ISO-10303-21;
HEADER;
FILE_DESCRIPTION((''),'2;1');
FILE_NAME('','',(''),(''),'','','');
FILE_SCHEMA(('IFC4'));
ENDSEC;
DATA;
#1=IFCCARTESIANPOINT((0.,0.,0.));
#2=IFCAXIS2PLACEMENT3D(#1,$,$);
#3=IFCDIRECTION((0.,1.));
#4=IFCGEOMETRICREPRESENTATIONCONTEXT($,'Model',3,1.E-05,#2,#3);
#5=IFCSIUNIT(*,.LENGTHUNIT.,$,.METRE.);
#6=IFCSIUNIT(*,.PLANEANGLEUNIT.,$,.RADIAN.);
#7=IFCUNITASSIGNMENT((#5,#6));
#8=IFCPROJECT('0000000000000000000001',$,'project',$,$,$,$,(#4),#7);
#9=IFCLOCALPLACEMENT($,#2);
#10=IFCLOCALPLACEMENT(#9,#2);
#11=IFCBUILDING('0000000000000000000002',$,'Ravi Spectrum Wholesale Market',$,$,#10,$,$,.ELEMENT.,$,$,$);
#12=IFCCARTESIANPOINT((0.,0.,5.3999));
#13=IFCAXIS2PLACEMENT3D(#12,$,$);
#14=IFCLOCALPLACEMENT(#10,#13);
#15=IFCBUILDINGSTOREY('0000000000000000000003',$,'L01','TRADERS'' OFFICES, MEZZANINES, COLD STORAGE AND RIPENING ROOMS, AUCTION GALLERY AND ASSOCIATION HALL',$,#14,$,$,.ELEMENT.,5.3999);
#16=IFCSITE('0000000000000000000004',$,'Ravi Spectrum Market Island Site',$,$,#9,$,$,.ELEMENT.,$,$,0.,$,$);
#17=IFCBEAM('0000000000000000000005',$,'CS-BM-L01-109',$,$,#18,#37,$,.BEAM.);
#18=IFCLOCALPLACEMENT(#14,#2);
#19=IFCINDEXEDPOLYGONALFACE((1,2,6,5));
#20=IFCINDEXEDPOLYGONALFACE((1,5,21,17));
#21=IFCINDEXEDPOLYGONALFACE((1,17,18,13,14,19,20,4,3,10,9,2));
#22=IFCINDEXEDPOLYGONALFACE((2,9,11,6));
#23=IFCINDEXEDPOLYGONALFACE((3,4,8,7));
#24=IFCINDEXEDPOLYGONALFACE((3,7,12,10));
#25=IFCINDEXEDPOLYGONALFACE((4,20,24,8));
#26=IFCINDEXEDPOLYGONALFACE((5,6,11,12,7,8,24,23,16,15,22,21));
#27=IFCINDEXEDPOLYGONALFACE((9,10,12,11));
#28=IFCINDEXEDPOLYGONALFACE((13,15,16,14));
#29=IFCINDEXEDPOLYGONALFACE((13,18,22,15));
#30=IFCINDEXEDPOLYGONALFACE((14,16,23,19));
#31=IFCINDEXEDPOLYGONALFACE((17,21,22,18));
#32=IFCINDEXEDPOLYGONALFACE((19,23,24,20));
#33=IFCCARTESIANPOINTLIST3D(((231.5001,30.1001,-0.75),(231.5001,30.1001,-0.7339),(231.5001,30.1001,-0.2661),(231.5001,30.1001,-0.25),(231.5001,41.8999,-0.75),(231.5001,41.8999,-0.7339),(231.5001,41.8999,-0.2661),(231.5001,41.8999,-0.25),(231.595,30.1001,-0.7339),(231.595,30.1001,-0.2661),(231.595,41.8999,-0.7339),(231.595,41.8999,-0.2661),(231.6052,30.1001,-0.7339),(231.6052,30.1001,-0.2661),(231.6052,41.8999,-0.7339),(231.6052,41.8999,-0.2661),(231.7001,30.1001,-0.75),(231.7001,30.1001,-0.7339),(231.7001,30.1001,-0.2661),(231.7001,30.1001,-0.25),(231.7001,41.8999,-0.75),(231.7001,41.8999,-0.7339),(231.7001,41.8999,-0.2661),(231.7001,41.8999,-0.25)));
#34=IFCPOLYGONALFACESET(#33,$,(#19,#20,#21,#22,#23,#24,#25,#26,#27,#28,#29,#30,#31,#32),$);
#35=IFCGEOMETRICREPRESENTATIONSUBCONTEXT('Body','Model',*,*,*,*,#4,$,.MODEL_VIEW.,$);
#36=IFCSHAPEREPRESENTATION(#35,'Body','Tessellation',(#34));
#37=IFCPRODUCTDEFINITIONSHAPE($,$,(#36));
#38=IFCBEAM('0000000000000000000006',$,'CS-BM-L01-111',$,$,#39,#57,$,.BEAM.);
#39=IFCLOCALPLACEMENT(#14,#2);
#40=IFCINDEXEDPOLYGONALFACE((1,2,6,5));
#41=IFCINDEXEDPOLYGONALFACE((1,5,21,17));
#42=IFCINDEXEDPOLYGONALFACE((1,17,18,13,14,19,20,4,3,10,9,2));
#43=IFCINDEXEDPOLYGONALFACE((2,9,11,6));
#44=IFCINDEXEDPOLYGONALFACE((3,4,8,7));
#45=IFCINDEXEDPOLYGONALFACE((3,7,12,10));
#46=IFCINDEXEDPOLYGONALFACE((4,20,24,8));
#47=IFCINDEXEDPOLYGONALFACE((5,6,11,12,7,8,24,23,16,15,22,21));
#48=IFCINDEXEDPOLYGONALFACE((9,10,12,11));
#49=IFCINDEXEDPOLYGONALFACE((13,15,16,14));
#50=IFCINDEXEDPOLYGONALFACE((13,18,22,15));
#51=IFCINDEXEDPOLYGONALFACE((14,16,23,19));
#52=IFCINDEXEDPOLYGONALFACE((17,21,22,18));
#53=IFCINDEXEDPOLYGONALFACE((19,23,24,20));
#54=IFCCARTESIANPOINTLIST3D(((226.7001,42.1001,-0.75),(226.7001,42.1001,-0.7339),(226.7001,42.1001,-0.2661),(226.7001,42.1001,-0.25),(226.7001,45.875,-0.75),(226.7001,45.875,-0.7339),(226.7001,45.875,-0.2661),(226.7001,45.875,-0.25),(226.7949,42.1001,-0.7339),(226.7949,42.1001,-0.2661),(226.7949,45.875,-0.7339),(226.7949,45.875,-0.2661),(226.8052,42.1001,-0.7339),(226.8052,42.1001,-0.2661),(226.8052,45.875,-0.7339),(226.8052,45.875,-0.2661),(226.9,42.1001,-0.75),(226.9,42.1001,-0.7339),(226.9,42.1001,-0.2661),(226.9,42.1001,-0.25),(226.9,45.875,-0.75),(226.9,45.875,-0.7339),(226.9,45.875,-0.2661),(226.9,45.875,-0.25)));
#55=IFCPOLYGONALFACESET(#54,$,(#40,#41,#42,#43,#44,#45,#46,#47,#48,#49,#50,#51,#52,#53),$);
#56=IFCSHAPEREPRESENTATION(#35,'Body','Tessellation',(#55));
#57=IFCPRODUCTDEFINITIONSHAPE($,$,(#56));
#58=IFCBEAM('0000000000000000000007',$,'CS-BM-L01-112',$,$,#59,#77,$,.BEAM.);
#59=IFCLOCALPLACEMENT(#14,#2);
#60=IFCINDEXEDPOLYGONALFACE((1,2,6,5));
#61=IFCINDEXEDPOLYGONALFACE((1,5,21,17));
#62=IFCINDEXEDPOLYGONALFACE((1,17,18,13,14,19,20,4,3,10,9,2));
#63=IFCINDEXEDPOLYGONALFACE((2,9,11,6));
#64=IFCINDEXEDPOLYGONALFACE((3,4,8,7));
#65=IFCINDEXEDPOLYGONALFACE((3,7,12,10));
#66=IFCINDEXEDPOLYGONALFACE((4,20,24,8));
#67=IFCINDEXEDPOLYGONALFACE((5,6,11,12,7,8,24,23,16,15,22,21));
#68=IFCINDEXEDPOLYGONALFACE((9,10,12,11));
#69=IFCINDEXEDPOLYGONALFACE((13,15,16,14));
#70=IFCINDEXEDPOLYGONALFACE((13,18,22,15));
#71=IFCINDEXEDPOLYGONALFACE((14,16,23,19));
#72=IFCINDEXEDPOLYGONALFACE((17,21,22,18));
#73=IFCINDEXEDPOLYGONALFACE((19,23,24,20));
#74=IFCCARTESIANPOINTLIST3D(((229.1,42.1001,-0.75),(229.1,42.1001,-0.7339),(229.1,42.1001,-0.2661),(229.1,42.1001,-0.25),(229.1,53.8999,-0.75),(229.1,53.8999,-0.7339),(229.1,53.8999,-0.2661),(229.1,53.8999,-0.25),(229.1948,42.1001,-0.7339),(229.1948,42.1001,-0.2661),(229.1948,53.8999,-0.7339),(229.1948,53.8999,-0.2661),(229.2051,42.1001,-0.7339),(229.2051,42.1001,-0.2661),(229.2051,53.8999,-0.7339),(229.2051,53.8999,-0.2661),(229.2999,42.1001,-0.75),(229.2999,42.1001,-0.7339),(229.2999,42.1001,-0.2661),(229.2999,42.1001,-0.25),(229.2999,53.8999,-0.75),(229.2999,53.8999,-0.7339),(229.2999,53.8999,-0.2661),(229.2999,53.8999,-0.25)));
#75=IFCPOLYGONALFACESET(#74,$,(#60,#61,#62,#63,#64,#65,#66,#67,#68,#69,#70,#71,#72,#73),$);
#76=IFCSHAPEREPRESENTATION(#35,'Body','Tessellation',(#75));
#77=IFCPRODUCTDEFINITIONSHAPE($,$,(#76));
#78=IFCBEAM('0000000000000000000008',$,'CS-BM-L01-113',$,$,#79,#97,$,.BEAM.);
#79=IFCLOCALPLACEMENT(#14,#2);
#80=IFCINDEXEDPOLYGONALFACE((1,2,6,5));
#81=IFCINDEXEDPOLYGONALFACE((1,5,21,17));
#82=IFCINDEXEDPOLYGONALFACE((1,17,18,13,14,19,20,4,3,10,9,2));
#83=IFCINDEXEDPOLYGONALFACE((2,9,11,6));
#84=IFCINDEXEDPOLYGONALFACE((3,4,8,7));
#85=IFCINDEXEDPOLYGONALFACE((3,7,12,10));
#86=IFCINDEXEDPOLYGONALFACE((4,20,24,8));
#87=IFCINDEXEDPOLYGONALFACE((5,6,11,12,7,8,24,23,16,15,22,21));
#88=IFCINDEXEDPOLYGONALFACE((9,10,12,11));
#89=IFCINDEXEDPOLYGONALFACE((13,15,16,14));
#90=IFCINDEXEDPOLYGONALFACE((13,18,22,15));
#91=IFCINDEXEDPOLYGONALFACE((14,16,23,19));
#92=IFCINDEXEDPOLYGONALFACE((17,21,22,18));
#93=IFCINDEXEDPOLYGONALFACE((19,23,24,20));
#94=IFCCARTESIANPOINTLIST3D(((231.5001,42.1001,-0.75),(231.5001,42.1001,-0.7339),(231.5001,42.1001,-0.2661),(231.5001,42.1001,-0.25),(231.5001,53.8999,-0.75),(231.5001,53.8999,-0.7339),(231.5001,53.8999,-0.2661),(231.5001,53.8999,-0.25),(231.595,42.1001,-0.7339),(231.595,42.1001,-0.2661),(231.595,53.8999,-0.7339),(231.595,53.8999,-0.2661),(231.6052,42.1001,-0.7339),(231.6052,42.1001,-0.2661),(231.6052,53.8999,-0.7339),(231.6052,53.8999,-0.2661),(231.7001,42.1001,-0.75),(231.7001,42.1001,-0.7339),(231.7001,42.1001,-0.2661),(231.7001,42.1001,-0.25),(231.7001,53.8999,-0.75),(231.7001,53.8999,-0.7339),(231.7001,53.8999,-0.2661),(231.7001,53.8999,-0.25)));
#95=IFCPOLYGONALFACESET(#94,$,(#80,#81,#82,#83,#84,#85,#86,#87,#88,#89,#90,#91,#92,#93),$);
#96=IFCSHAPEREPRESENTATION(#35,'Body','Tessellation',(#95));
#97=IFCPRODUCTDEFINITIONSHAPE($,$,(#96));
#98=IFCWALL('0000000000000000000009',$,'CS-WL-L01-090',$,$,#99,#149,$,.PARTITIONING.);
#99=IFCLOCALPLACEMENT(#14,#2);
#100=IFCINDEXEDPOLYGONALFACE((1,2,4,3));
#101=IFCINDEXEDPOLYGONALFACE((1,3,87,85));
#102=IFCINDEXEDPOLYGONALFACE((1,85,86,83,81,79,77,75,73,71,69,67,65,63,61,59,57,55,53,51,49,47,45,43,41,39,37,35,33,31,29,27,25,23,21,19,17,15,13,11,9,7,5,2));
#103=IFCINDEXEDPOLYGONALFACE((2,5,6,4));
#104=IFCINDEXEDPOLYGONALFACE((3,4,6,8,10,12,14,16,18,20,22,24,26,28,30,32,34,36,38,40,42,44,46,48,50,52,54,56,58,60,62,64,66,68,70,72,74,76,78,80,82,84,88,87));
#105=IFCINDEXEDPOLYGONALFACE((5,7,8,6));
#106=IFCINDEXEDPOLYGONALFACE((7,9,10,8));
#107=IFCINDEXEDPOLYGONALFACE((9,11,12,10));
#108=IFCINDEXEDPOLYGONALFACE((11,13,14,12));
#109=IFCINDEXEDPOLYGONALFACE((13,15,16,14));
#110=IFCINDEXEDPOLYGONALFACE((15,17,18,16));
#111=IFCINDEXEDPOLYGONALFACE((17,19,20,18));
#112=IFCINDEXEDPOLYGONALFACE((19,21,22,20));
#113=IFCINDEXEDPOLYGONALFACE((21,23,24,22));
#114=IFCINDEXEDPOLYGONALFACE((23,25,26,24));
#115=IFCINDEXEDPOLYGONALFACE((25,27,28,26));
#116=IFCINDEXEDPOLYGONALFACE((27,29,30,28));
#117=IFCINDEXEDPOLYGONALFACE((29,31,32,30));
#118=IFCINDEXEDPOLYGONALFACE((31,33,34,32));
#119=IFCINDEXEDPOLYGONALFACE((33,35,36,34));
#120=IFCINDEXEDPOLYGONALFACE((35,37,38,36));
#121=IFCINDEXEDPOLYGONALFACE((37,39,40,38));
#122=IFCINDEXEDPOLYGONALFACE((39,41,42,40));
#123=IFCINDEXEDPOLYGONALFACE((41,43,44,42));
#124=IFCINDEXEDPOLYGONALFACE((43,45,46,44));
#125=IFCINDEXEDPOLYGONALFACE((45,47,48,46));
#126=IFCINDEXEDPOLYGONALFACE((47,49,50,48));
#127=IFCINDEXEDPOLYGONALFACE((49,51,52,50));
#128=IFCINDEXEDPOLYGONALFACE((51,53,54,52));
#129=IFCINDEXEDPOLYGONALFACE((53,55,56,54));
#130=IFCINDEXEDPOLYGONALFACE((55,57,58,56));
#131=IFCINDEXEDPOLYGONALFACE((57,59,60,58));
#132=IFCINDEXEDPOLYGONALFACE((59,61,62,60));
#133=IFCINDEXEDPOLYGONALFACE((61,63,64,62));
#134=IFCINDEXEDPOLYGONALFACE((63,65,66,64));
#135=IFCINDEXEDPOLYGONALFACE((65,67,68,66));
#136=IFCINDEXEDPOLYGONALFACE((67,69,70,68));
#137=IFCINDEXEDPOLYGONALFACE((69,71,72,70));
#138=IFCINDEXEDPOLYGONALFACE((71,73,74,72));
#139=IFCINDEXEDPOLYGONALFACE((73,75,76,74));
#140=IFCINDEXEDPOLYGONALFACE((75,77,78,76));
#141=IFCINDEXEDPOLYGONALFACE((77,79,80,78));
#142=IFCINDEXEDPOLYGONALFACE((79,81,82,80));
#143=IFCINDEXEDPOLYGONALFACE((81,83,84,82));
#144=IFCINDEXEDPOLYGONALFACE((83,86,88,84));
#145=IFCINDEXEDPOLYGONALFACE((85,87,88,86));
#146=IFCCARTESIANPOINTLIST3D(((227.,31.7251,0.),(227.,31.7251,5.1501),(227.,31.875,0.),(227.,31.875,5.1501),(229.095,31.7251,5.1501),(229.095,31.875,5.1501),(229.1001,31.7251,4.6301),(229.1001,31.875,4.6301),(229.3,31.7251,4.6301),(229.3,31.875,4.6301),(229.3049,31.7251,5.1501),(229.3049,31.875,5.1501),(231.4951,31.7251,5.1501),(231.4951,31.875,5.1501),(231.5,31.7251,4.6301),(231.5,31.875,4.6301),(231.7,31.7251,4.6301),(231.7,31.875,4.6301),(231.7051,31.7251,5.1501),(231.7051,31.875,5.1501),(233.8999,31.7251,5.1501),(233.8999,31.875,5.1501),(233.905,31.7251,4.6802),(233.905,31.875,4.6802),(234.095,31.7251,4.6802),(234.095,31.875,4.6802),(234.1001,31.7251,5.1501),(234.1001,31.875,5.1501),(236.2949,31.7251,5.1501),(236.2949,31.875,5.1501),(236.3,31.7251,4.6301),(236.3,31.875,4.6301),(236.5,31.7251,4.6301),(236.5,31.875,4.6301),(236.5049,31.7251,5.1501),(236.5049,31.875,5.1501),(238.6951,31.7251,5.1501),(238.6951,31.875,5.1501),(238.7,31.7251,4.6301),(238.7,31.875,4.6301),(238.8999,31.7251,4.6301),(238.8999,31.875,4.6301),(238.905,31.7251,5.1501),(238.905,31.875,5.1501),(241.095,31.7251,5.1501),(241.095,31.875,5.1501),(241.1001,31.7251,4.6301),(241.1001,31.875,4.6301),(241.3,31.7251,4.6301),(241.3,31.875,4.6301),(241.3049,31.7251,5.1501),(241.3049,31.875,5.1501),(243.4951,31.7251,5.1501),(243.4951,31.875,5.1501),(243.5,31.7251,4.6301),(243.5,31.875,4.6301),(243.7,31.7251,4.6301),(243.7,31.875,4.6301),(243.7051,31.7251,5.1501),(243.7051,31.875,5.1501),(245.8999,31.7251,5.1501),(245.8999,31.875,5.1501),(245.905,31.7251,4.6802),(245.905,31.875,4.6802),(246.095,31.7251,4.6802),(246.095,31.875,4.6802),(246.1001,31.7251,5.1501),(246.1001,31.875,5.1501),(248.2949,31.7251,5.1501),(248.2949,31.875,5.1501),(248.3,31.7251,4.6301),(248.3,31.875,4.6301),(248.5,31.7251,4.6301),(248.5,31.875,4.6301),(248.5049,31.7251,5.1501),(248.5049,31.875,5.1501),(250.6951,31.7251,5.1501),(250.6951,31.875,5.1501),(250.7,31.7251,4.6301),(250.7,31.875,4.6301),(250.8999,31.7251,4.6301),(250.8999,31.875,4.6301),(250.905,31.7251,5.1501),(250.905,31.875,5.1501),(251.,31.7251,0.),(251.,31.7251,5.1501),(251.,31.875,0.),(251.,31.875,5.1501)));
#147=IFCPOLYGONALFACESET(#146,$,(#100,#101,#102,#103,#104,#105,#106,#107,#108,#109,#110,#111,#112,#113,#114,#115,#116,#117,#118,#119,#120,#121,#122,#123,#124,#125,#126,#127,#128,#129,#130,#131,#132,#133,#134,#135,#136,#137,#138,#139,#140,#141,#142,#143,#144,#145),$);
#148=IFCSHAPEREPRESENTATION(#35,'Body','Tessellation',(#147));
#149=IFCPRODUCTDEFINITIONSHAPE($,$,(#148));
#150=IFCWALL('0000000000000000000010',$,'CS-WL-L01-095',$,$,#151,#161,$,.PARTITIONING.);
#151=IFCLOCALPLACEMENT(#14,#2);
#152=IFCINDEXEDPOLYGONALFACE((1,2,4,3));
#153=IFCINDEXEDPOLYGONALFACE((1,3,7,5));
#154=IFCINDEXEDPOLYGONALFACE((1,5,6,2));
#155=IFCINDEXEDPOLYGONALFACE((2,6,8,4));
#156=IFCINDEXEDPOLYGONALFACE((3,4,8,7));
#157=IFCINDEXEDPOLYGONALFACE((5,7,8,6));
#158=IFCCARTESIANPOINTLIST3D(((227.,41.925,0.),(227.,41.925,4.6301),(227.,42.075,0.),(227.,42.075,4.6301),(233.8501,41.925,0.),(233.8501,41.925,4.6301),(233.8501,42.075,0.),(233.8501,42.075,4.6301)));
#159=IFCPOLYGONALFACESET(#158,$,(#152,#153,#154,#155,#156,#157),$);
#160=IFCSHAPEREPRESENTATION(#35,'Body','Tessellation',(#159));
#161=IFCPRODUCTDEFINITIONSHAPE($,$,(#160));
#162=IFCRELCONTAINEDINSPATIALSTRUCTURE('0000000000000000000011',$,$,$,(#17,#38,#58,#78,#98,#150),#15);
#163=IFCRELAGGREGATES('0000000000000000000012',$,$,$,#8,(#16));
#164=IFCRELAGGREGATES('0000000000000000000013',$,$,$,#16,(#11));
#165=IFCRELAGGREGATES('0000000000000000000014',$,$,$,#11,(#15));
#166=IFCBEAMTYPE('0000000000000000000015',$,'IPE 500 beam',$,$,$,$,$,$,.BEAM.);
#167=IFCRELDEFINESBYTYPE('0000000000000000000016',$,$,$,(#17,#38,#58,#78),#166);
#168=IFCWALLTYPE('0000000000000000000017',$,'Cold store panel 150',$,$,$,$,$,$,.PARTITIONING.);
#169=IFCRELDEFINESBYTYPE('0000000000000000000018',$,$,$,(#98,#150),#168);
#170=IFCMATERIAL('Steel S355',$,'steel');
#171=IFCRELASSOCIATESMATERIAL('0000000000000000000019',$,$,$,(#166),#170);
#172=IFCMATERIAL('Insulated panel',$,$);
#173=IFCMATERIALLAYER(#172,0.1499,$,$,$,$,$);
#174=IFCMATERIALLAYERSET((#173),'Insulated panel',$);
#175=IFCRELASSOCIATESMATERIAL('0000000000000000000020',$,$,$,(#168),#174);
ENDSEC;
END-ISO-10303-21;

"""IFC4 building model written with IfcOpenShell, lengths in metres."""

from ifc_helpers import new_model, si_unit, direction, frame, frame_2d, origin, origin_2d, place, context, subcontext, project, spatial, polyline, rectangle, i_section, outline, extrude, material, layer, layer_set, material_profile, profile_set, type_object, element, save


model = new_model("IFC4")

# Units and contexts
model_context = context("Model", 3, precision=1e-05, world=origin(), true_north=direction((0.0, 1.0)))
body_context = subcontext(model_context, "Body", "Model", "MODEL_VIEW")
ifc_project = project(units=[si_unit("LENGTHUNIT", "METRE"), si_unit("PLANEANGLEUNIT", "RADIAN")], contexts=[model_context])

# Site, building, storey
site_placement = place(None, origin())
site = spatial("IfcSite", under=ifc_project, at=site_placement, Name="Ravi Spectrum Market Island Site", CompositionType="ELEMENT", RefElevation=0.0)
building_placement = place(site_placement, origin())
building = spatial("IfcBuilding", under=site, at=building_placement, Name="Ravi Spectrum Wholesale Market", CompositionType="ELEMENT")
storey_placement = place(building_placement, frame((0.0, 0.0, 5.3999)))
storey = spatial("IfcBuildingStorey", under=building, at=storey_placement, Name="L01", Description="TRADERS' OFFICES, MEZZANINES, COLD STORAGE AND RIPENING ROOMS, AUCTION GALLERY AND ASSOCIATION HALL", CompositionType="ELEMENT", Elevation=5.3999)

# Beams
ifc_material_1 = material(Name="Steel S355", Category="steel")
ifc_material_profile_1 = material_profile(ifc_material_1, i_section(OverallWidth=0.2, OverallDepth=0.5, WebThickness=0.0103, FlangeThickness=0.0161, at=origin_2d()))
ifc_profile_set_1 = profile_set([ifc_material_profile_1], Name="Steel S355")
beam_type_1 = type_object("IfcBeamType", Name="IPE 500 beam", PredefinedType="BEAM", material=ifc_profile_set_1)
for number, where, z_axis, x_axis, name in (
    (1, (231.6001, 30.1001, -0.5), (0.0, 1.0, 0.0), (-1.0, 0.0, 0.0), "CS-BM-L01-109"),
):
    element("IfcBeam", number, at=place(storey_placement, frame(where, z_axis=z_axis, x_axis=x_axis)), inside=storey, type_object=beam_type_1, Name=name, PredefinedType="BEAM", context=body_context, shape_type="SweptSolid", body=[
        extrude(i_section(OverallWidth=0.2, OverallDepth=0.5, WebThickness=0.0103, FlangeThickness=0.0161, at=origin_2d()), origin(), (0.0, 0.0, 1.0), 11.7998),
    ])
beam_1_placement = place(storey_placement, frame((226.8, 42.1001, -0.5), z_axis=(0.0, 1.0, 0.0), x_axis=(-1.0, 0.0, 0.0)))
element("IfcBeam", 2, at=beam_1_placement, inside=storey, type_object=beam_type_1, Name="CS-BM-L01-111", PredefinedType="BEAM", context=body_context, shape_type="SweptSolid", body=[
    extrude(i_section(OverallWidth=0.2, OverallDepth=0.5, WebThickness=0.0103, FlangeThickness=0.0161, at=origin_2d()), origin(), (0.0, 0.0, 1.0), 3.7749),
])
for number, where, z_axis, x_axis, name in (
    (3, (229.2, 42.1001, -0.5), (0.0, 1.0, 0.0), (-1.0, 0.0, 0.0), "CS-BM-L01-112"),
    (4, (231.6001, 42.1001, -0.5), (0.0, 1.0, 0.0), (-1.0, 0.0, 0.0), "CS-BM-L01-113"),
):
    element("IfcBeam", number, at=place(storey_placement, frame(where, z_axis=z_axis, x_axis=x_axis)), inside=storey, type_object=beam_type_1, Name=name, PredefinedType="BEAM", context=body_context, shape_type="SweptSolid", body=[
        extrude(i_section(OverallWidth=0.2, OverallDepth=0.5, WebThickness=0.0103, FlangeThickness=0.0161, at=origin_2d()), origin(), (0.0, 0.0, 1.0), 11.7998),
    ])

# Walls
ifc_material_2 = material(Name="Insulated panel")
ifc_layer_1 = layer(ifc_material_2, 0.1499)
ifc_layer_set_1 = layer_set([ifc_layer_1], Name="Insulated panel")
wall_type_1 = type_object("IfcWallType", Name="Cold store panel 150", PredefinedType="PARTITIONING", material=ifc_layer_set_1)
wall_1_placement = place(storey_placement, frame((227.0, 31.8, 0.0), z_axis=(0.0, 0.0, 1.0), x_axis=(1.0, 0.0, 0.0)))
element("IfcWall", 5, at=wall_1_placement, inside=storey, type_object=wall_type_1, Name="CS-WL-L01-090", PredefinedType="PARTITIONING", context=body_context, shape_type="SweptSolid", body=[
    extrude(outline(polyline([(0.0, 0.0), (24.0, 0.0), (24.0, 5.1501), (23.905, 5.1501), (23.8999, 4.6301), (23.7, 4.6301), (23.6951, 5.1501), (21.5049, 5.1501), (21.5, 4.6301), (21.3, 4.6301), (21.2949, 5.1501), (19.1001, 5.1501), (19.095, 4.6802), (18.905, 4.6802), (18.8999, 5.1501), (16.7051, 5.1501), (16.7, 4.6301), (16.5, 4.6301), (16.4951, 5.1501), (14.3049, 5.1501), (14.3, 4.6301), (14.1001, 4.6301), (14.095, 5.1501), (11.905, 5.1501), (11.8999, 4.6301), (11.7, 4.6301), (11.6951, 5.1501), (9.5049, 5.1501), (9.5, 4.6301), (9.3, 4.6301), (9.2949, 5.1501), (7.1001, 5.1501), (7.095, 4.6802), (6.905, 4.6802), (6.8999, 5.1501), (4.7051, 5.1501), (4.7, 4.6301), (4.5, 4.6301), (4.4951, 5.1501), (2.3049, 5.1501), (2.3, 4.6301), (2.1001, 4.6301), (2.095, 5.1501), (0.0, 5.1501), (0.0, 0.0)])), frame((0.0, 0.075, 0.0), z_axis=(0.0, -1.0, 0.0), x_axis=(1.0, 0.0, 0.0)), (0.0, 0.0, 1.0), 0.1499),
])
wall_2_placement = place(storey_placement, frame((227.0, 42.0, 0.0), z_axis=(0.0, 0.0, 1.0), x_axis=(1.0, 0.0, 0.0)))
element("IfcWall", 6, at=wall_2_placement, inside=storey, type_object=wall_type_1, Name="CS-WL-L01-095", PredefinedType="PARTITIONING", context=body_context, shape_type="SweptSolid", body=[
    extrude(rectangle(XDim=6.8501, YDim=0.1499, at=frame_2d((3.425, 0.0))), origin(), (0.0, 0.0, 1.0), 4.6301),
])

save(model, "model.ifc")
